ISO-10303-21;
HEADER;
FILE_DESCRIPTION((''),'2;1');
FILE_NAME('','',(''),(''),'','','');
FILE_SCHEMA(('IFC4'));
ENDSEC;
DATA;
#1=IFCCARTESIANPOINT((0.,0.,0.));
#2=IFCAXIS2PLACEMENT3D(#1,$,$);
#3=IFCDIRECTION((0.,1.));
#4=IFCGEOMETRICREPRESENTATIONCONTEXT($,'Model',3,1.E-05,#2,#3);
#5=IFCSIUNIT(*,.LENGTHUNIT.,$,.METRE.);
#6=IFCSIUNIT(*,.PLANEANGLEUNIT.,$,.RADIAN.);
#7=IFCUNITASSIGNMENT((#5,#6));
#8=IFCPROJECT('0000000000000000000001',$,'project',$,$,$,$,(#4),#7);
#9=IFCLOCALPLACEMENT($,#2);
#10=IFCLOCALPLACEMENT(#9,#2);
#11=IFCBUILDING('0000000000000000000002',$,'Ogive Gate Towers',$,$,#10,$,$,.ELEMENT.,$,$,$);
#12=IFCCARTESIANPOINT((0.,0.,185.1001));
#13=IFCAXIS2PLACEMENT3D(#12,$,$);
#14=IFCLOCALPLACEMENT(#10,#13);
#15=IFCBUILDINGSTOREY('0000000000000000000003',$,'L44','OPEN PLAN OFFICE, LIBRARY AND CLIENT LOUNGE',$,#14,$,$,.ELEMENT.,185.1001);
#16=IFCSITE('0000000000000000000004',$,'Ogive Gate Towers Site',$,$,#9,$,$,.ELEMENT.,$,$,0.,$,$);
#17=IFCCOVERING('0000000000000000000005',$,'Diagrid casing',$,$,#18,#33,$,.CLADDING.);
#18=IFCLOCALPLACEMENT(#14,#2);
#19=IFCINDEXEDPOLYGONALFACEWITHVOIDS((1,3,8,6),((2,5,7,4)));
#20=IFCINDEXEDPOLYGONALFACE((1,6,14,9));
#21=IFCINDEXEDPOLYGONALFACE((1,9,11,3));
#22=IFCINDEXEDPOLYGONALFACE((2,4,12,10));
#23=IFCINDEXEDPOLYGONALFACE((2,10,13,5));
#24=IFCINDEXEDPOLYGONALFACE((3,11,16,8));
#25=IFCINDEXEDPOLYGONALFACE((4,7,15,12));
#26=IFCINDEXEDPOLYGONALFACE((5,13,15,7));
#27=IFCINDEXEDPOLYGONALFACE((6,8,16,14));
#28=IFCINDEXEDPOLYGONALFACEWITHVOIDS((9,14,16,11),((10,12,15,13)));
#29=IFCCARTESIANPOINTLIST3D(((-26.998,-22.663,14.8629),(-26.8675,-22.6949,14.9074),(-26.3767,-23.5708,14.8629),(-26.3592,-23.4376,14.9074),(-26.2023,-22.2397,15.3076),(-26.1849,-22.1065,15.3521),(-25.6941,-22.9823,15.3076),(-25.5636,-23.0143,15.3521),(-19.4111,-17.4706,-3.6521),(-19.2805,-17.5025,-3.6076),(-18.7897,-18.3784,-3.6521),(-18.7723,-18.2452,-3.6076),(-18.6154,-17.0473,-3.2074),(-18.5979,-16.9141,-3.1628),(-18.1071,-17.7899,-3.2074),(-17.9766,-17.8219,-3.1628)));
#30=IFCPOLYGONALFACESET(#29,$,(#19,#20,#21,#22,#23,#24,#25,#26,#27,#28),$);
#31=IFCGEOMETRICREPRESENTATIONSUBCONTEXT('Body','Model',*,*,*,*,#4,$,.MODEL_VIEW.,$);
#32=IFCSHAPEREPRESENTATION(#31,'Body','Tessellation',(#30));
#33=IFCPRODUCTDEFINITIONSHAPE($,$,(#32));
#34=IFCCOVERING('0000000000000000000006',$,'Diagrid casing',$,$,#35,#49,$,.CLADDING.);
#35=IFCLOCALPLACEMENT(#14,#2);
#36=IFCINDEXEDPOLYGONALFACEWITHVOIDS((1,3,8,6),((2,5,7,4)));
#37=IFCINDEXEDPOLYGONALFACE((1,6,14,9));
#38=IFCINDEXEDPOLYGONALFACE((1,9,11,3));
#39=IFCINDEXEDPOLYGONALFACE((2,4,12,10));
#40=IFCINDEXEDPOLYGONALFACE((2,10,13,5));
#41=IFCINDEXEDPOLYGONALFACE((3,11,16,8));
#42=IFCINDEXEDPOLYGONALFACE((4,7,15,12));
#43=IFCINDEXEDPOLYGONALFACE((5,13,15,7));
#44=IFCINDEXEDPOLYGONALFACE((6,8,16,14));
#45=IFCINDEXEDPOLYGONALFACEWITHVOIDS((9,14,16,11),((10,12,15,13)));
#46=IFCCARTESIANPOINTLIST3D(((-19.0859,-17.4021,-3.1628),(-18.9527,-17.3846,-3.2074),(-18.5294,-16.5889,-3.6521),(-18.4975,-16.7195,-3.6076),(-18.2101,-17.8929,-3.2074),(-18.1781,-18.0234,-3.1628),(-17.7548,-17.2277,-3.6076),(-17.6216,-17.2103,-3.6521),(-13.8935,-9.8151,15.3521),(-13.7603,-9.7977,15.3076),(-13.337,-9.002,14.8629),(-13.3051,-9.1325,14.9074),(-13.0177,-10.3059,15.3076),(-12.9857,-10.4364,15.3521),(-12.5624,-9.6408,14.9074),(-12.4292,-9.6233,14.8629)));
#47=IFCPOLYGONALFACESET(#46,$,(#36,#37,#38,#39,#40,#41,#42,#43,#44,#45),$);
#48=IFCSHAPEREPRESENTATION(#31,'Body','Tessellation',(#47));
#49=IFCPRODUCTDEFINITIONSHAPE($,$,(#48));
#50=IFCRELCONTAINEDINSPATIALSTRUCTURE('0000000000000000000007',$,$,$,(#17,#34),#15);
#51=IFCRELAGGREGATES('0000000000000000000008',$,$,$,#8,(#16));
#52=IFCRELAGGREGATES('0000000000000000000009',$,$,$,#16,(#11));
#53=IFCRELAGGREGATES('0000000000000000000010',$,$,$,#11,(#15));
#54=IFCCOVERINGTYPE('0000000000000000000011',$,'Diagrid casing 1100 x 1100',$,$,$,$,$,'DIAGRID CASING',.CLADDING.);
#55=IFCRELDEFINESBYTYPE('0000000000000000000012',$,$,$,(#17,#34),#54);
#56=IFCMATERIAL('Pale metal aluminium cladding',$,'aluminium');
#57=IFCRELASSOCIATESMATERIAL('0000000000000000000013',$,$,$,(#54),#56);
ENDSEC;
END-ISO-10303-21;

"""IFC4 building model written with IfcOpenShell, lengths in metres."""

from ifc_helpers import new_model, si_unit, direction, frame, origin, origin_2d, place, context, subcontext, project, spatial, hollow_rectangle, extrude, material, material_profile, profile_set, type_object, element, save


model = new_model("IFC4")

# Units and contexts
model_context = context("Model", 3, precision=1e-05, world=origin(), true_north=direction((0.0, 1.0)))
body_context = subcontext(model_context, "Body", "Model", "MODEL_VIEW")
ifc_project = project(units=[si_unit("LENGTHUNIT", "METRE"), si_unit("PLANEANGLEUNIT", "RADIAN")], contexts=[model_context])

# Site, building, storey
site_placement = place(None, origin())
site = spatial("IfcSite", under=ifc_project, at=site_placement, Name="Ogive Gate Towers Site", CompositionType="ELEMENT", RefElevation=0.0)
building_placement = place(site_placement, origin())
building = spatial("IfcBuilding", under=site, at=building_placement, Name="Ogive Gate Towers", CompositionType="ELEMENT")
storey_placement = place(building_placement, frame((0.0, 0.0, 185.1001)))
storey = spatial("IfcBuildingStorey", under=building, at=storey_placement, Name="L44", Description="OPEN PLAN OFFICE, LIBRARY AND CLIENT LOUNGE", CompositionType="ELEMENT", Elevation=185.1001)

# Coverings
ifc_material_1 = material(Name="Pale metal aluminium cladding", Category="aluminium")
ifc_material_profile_1 = material_profile(ifc_material_1, hollow_rectangle(XDim=1.1001, YDim=1.1001, WallThickness=0.1001, at=origin_2d()), Name="1100 x 1100 pale metal casing")
ifc_profile_set_1 = profile_set([ifc_material_profile_1], Name="Pale metal aluminium cladding")
covering_type_1 = type_object("IfcCoveringType", Name="Diagrid casing 1100 x 1100", ElementType="DIAGRID CASING", PredefinedType="CLADDING", material=ifc_profile_set_1)
for number, where, z_axis, x_axis, name in (
    (1, (-18.6938, -17.6462, -3.4075), (-0.367018, -0.251182, 0.895659), (0.564783, -0.82524, 0.0), "Diagrid casing"),
    (2, (-18.3538, -17.3062, -3.4075), (0.251182, 0.367018, 0.895659), (-0.82524, 0.564783, 0.0), "Diagrid casing"),
):
    element("IfcCovering", number, at=place(storey_placement, frame(where, z_axis=z_axis, x_axis=x_axis)), inside=storey, type_object=covering_type_1, Name=name, PredefinedType="CLADDING", context=body_context, shape_type="SweptSolid", body=[
        extrude(hollow_rectangle(XDim=1.1001, YDim=1.1001, WallThickness=0.1001, at=origin_2d()), origin(), (0.0, 0.0, 1.0), 20.6719),
    ])

save(model, "model.ifc")
